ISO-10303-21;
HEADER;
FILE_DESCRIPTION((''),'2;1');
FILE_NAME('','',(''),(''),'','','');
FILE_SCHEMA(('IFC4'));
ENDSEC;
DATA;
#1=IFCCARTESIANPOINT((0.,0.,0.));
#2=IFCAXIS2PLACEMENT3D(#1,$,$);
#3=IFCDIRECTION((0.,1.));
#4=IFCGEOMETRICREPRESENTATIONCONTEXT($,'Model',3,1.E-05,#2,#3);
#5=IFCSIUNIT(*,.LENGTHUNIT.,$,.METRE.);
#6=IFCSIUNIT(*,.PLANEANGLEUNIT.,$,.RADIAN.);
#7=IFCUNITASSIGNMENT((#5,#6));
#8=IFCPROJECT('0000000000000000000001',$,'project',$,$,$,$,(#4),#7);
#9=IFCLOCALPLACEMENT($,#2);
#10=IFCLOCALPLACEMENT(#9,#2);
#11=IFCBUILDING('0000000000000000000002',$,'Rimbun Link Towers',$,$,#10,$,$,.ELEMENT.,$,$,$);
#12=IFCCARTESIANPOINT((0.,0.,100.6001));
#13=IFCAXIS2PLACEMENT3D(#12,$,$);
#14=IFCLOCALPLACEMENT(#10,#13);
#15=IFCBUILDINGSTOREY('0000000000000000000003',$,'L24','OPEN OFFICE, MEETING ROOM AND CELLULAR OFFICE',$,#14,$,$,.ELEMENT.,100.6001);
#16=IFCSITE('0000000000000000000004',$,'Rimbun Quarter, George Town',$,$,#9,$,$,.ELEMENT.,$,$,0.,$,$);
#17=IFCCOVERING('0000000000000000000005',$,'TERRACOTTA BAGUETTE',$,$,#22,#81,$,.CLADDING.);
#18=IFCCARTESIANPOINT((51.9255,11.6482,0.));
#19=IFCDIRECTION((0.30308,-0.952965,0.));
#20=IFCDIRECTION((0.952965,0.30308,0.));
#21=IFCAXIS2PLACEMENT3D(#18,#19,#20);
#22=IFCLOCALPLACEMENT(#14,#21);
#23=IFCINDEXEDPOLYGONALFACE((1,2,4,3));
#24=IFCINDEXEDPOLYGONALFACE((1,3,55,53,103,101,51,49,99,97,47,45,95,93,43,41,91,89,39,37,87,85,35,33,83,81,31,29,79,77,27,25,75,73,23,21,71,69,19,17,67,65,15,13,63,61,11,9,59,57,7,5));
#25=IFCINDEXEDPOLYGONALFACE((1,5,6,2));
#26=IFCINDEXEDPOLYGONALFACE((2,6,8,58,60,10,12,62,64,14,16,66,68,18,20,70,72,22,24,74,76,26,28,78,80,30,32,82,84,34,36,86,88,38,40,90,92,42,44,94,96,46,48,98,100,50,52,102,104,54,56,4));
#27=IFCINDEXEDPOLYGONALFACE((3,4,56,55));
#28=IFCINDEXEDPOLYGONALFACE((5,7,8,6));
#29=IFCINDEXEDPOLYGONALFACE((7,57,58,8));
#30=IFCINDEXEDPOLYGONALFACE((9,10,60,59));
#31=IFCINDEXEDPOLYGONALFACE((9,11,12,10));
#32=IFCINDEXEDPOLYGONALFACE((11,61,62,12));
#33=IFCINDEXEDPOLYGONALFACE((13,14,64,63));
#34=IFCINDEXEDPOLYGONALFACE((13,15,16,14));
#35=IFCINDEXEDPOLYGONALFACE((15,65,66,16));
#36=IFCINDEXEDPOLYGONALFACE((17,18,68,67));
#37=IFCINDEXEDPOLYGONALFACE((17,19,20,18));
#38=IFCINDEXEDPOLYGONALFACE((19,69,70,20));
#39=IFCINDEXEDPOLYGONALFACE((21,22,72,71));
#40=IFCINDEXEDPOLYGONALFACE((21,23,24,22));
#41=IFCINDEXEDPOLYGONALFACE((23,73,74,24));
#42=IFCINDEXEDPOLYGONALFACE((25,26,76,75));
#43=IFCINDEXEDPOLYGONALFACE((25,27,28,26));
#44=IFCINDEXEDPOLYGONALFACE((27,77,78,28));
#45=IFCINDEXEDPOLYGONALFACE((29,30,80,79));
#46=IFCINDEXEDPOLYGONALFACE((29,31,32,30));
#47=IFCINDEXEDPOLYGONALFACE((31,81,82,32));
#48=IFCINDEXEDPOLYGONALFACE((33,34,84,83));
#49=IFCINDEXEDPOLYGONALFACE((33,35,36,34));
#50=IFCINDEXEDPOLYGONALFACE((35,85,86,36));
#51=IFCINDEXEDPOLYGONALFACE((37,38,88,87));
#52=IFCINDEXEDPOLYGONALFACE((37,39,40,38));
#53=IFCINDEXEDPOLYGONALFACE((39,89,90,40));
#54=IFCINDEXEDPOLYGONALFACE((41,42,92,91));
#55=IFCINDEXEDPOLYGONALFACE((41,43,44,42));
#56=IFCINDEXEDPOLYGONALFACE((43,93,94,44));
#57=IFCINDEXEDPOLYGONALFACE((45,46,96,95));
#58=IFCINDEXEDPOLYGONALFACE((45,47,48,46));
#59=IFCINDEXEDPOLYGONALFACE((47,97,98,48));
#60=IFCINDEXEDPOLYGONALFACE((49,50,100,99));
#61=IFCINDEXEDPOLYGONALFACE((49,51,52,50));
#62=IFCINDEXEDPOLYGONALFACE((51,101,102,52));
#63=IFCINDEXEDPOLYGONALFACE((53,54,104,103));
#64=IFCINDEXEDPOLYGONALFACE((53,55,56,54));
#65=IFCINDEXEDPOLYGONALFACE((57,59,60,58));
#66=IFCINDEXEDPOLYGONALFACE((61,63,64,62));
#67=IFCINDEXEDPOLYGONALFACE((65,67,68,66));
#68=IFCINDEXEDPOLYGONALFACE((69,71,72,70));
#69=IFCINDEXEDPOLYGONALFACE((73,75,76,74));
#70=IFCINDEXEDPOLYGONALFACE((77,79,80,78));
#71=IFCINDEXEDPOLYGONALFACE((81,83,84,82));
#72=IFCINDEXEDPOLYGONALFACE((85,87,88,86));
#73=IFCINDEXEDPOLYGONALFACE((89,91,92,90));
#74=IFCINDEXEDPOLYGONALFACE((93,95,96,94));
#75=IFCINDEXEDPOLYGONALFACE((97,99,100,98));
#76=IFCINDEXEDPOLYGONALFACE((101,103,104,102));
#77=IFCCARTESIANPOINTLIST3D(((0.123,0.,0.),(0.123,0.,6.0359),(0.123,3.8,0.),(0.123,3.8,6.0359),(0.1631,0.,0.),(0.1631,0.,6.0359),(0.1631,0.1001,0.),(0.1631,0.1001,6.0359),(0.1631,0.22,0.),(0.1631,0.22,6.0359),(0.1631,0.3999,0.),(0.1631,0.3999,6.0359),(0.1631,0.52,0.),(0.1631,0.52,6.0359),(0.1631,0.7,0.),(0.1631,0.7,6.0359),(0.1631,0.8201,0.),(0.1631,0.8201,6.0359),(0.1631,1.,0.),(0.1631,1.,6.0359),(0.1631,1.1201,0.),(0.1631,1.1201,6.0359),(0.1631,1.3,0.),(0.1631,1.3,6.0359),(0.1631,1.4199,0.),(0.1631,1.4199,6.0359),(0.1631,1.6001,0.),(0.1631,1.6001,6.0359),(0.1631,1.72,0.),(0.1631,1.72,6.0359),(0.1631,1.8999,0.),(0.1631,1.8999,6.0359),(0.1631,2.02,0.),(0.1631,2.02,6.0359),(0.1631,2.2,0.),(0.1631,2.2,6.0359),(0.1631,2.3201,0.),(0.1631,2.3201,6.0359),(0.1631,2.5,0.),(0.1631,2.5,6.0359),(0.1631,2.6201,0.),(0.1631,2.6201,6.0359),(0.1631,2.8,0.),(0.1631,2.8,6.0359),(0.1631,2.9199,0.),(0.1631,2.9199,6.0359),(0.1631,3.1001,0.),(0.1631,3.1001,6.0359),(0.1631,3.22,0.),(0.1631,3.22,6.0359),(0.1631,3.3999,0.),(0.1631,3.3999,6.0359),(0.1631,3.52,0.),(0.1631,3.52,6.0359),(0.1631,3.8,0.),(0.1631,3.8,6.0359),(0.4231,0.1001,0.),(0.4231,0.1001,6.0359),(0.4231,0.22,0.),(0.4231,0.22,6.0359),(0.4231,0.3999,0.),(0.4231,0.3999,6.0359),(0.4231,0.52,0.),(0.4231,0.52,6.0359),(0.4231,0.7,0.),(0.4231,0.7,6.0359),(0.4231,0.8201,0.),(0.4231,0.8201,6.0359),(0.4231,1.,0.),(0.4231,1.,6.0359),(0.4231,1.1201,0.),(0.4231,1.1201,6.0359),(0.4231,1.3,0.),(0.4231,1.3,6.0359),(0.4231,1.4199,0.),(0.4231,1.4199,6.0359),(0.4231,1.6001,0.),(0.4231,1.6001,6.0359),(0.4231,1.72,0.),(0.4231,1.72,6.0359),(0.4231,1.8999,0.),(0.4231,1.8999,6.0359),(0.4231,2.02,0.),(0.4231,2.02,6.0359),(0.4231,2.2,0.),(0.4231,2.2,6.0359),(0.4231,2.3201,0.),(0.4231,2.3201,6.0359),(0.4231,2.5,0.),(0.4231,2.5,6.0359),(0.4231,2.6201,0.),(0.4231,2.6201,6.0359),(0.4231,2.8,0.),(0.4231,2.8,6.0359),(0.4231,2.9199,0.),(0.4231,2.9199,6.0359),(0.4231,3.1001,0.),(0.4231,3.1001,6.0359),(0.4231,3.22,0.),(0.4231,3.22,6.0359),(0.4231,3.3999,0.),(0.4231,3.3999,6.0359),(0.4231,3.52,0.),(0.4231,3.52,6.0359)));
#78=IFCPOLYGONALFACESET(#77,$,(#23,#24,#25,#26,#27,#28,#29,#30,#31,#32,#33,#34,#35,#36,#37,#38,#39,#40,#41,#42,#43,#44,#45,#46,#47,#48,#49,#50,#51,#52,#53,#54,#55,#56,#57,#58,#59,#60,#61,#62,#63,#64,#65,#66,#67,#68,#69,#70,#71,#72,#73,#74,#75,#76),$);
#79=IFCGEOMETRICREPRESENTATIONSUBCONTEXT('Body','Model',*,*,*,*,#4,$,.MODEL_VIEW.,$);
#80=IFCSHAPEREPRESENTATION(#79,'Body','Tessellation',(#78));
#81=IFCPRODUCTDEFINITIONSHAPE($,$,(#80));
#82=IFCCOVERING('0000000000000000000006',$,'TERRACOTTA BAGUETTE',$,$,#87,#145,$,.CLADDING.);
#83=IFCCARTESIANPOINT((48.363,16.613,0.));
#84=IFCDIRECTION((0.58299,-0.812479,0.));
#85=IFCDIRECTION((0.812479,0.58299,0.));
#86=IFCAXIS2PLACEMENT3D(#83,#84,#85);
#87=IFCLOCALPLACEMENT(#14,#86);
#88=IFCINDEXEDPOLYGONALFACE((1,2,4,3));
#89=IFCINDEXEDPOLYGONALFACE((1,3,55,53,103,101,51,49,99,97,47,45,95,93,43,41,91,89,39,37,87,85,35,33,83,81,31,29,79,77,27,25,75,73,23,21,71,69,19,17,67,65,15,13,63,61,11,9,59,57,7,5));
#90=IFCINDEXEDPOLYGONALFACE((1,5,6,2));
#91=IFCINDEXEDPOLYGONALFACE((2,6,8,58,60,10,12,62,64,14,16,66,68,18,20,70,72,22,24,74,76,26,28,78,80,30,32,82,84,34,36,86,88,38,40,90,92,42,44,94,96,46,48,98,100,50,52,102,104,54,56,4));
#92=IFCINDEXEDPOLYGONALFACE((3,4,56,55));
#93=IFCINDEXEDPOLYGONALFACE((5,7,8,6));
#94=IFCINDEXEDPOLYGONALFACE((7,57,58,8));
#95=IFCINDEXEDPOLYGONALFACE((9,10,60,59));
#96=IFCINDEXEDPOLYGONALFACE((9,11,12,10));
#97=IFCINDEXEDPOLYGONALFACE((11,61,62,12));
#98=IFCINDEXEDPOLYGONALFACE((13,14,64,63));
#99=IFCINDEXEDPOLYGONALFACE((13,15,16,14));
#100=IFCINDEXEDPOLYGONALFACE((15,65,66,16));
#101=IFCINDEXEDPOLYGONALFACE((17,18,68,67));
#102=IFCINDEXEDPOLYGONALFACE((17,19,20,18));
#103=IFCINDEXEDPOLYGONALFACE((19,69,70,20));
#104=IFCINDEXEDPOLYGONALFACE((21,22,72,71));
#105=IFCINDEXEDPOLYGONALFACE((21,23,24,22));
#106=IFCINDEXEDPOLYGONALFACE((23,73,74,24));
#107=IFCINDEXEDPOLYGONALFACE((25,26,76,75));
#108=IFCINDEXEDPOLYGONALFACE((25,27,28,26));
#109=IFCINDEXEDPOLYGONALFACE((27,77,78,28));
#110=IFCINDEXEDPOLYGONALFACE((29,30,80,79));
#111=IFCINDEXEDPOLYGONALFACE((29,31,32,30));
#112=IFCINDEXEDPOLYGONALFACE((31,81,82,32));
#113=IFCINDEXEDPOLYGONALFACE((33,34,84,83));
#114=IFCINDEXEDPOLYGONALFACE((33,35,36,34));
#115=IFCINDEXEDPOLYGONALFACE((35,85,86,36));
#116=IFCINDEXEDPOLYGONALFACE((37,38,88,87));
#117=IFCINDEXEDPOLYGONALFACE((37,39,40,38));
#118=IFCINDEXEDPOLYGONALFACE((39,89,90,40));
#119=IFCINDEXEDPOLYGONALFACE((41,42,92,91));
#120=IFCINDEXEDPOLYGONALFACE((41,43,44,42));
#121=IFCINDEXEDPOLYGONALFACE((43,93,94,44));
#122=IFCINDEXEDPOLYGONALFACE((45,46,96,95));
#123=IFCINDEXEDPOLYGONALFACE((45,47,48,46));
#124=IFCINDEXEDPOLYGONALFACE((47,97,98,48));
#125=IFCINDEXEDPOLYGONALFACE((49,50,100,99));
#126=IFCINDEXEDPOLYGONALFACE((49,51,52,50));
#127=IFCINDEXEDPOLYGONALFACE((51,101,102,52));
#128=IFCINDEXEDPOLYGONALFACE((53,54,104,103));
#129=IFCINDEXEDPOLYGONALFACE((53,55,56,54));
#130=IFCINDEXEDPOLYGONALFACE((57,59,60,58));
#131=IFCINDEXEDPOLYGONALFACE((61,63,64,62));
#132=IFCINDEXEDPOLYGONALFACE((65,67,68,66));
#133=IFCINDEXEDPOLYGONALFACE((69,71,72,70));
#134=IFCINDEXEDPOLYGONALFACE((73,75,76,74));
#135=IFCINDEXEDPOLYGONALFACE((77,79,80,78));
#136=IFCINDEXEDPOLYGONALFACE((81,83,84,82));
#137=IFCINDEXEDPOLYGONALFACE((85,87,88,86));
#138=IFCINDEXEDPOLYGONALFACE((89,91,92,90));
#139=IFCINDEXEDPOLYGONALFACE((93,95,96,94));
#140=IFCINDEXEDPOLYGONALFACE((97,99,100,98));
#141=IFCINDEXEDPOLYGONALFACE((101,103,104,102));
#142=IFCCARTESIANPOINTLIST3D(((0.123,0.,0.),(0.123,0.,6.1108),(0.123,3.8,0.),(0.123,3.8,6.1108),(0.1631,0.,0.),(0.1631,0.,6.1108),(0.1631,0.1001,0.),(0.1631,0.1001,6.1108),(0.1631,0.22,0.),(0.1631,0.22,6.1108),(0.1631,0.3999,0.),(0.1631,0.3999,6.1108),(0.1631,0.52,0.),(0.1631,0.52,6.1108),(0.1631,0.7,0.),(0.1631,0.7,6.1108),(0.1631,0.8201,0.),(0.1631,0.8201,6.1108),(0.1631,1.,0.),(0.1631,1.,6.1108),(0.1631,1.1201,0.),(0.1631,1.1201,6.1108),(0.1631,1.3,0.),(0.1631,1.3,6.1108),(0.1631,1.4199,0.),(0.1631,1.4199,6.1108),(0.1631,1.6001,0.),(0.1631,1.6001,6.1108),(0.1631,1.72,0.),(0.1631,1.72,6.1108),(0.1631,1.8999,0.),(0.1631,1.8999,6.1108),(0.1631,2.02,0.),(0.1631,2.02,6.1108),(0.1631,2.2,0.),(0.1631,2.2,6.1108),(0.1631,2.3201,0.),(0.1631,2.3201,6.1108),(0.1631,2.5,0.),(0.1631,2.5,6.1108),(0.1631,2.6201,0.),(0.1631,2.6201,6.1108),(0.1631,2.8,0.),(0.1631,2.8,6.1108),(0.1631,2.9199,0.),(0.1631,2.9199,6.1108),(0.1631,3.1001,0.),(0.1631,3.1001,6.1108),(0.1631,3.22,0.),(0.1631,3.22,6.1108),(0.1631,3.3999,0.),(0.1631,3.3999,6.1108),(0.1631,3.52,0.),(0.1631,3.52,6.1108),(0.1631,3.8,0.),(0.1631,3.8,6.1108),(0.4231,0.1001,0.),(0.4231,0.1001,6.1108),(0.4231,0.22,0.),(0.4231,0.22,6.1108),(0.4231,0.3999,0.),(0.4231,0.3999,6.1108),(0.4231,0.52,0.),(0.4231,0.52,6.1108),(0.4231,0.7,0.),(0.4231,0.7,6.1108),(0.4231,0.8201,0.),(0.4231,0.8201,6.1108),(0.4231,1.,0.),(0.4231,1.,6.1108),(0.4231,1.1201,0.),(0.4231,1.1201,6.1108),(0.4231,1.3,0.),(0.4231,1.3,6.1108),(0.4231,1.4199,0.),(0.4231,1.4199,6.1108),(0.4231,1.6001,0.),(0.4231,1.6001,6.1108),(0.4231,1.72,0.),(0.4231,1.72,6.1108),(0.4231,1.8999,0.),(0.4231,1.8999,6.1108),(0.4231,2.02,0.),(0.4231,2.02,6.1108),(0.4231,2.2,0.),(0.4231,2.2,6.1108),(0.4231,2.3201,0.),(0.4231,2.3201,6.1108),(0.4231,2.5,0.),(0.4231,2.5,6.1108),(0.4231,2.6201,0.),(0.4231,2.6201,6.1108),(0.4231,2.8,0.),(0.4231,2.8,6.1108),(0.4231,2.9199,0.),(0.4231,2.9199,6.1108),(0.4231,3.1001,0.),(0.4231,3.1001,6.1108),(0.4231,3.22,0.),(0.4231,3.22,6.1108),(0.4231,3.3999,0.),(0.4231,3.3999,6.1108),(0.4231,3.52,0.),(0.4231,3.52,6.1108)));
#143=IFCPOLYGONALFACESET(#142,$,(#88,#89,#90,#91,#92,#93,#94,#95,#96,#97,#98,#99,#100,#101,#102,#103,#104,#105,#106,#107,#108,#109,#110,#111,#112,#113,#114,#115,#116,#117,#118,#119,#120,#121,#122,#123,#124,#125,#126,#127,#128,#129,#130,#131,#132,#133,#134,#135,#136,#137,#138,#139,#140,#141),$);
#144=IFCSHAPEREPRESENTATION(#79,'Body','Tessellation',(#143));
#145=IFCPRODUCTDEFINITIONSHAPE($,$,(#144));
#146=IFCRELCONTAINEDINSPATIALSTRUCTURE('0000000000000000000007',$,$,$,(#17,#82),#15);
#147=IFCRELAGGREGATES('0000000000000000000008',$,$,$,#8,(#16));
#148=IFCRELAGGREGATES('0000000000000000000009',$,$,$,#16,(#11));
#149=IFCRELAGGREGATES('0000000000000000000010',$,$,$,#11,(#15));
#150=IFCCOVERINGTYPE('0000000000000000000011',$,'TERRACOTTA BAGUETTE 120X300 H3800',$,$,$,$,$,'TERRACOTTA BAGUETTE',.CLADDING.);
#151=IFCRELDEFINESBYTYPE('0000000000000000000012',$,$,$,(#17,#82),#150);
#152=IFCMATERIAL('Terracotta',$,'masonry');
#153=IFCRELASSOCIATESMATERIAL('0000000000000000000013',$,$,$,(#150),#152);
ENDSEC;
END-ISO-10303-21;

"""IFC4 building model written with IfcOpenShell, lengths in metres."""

from ifc_helpers import new_model, si_unit, direction, frame, origin, place, context, subcontext, project, spatial, polyline, outline, extrude, material, material_profile, profile_set, type_object, element, save


model = new_model("IFC4")

# Units and contexts
model_context = context("Model", 3, precision=1e-05, world=origin(), true_north=direction((0.0, 1.0)))
body_context = subcontext(model_context, "Body", "Model", "MODEL_VIEW")
ifc_project = project(units=[si_unit("LENGTHUNIT", "METRE"), si_unit("PLANEANGLEUNIT", "RADIAN")], contexts=[model_context])

# Site, building, storey
site_placement = place(None, origin())
site = spatial("IfcSite", under=ifc_project, at=site_placement, Name="Rimbun Quarter, George Town", CompositionType="ELEMENT", RefElevation=0.0)
building_placement = place(site_placement, origin())
building = spatial("IfcBuilding", under=site, at=building_placement, Name="Rimbun Link Towers", CompositionType="ELEMENT")
storey_placement = place(building_placement, frame((0.0, 0.0, 100.6001)))
storey = spatial("IfcBuildingStorey", under=building, at=storey_placement, Name="L24", Description="OPEN OFFICE, MEETING ROOM AND CELLULAR OFFICE", CompositionType="ELEMENT", Elevation=100.6001)

# Coverings
ifc_material_1 = material(Name="Terracotta", Category="masonry")
ifc_material_profile_1 = material_profile(ifc_material_1, outline(polyline([(0.123, 0.0), (0.1631, 0.0), (0.1631, 0.1001), (0.4231, 0.1001), (0.4231, 0.22), (0.1631, 0.22), (0.1631, 0.3999), (0.4231, 0.3999), (0.4231, 0.52), (0.1631, 0.52), (0.1631, 0.7), (0.4231, 0.7), (0.4231, 0.8201), (0.1631, 0.8201), (0.1631, 1.0), (0.4231, 1.0), (0.4231, 1.1201), (0.1631, 1.1201), (0.1631, 1.3), (0.4231, 1.3), (0.4231, 1.4199), (0.1631, 1.4199), (0.1631, 1.6001), (0.4231, 1.6001), (0.4231, 1.72), (0.1631, 1.72), (0.1631, 1.8999), (0.4231, 1.8999), (0.4231, 2.02), (0.1631, 2.02), (0.1631, 2.2), (0.4231, 2.2), (0.4231, 2.3201), (0.1631, 2.3201), (0.1631, 2.5), (0.4231, 2.5), (0.4231, 2.6201), (0.1631, 2.6201), (0.1631, 2.8), (0.4231, 2.8), (0.4231, 2.9199), (0.1631, 2.9199), (0.1631, 3.1001), (0.4231, 3.1001), (0.4231, 3.22), (0.1631, 3.22), (0.1631, 3.3999), (0.4231, 3.3999), (0.4231, 3.52), (0.1631, 3.52), (0.1631, 3.8), (0.123, 3.8), (0.123, 0.0)])), Name="BAGUETTE 120X300")
ifc_profile_set_1 = profile_set([ifc_material_profile_1], Name="Terracotta")
covering_type = type_object("IfcCoveringType", Name="TERRACOTTA BAGUETTE 120X300 H3800", ElementType="TERRACOTTA BAGUETTE", PredefinedType="CLADDING", material=ifc_profile_set_1)
covering_1_placement = place(storey_placement, frame((51.9255, 11.6482, 0.0), z_axis=(0.30308, -0.952965, 0.0), x_axis=(0.952965, 0.30308, 0.0)))
element("IfcCovering", 1, at=covering_1_placement, inside=storey, type_object=covering_type, Name="TERRACOTTA BAGUETTE", PredefinedType="CLADDING", context=body_context, shape_type="SweptSolid", body=[
    extrude(outline(polyline([(0.123, 0.0), (0.1631, 0.0), (0.1631, 0.1001), (0.4231, 0.1001), (0.4231, 0.22), (0.1631, 0.22), (0.1631, 0.3999), (0.4231, 0.3999), (0.4231, 0.52), (0.1631, 0.52), (0.1631, 0.7), (0.4231, 0.7), (0.4231, 0.8201), (0.1631, 0.8201), (0.1631, 1.0), (0.4231, 1.0), (0.4231, 1.1201), (0.1631, 1.1201), (0.1631, 1.3), (0.4231, 1.3), (0.4231, 1.4199), (0.1631, 1.4199), (0.1631, 1.6001), (0.4231, 1.6001), (0.4231, 1.72), (0.1631, 1.72), (0.1631, 1.8999), (0.4231, 1.8999), (0.4231, 2.02), (0.1631, 2.02), (0.1631, 2.2), (0.4231, 2.2), (0.4231, 2.3201), (0.1631, 2.3201), (0.1631, 2.5), (0.4231, 2.5), (0.4231, 2.6201), (0.1631, 2.6201), (0.1631, 2.8), (0.4231, 2.8), (0.4231, 2.9199), (0.1631, 2.9199), (0.1631, 3.1001), (0.4231, 3.1001), (0.4231, 3.22), (0.1631, 3.22), (0.1631, 3.3999), (0.4231, 3.3999), (0.4231, 3.52), (0.1631, 3.52), (0.1631, 3.8), (0.123, 3.8), (0.123, 0.0)])), origin(), (0.0, 0.0, 1.0), 6.0359),
])
covering_2_placement = place(storey_placement, frame((48.363, 16.613, 0.0), z_axis=(0.58299, -0.812479, 0.0), x_axis=(0.812479, 0.58299, 0.0)))
element("IfcCovering", 2, at=covering_2_placement, inside=storey, type_object=covering_type, Name="TERRACOTTA BAGUETTE", PredefinedType="CLADDING", context=body_context, shape_type="SweptSolid", body=[
    extrude(outline(polyline([(0.123, 0.0), (0.1631, 0.0), (0.1631, 0.1001), (0.4231, 0.1001), (0.4231, 0.22), (0.1631, 0.22), (0.1631, 0.3999), (0.4231, 0.3999), (0.4231, 0.52), (0.1631, 0.52), (0.1631, 0.7), (0.4231, 0.7), (0.4231, 0.8201), (0.1631, 0.8201), (0.1631, 1.0), (0.4231, 1.0), (0.4231, 1.1201), (0.1631, 1.1201), (0.1631, 1.3), (0.4231, 1.3), (0.4231, 1.4199), (0.1631, 1.4199), (0.1631, 1.6001), (0.4231, 1.6001), (0.4231, 1.72), (0.1631, 1.72), (0.1631, 1.8999), (0.4231, 1.8999), (0.4231, 2.02), (0.1631, 2.02), (0.1631, 2.2), (0.4231, 2.2), (0.4231, 2.3201), (0.1631, 2.3201), (0.1631, 2.5), (0.4231, 2.5), (0.4231, 2.6201), (0.1631, 2.6201), (0.1631, 2.8), (0.4231, 2.8), (0.4231, 2.9199), (0.1631, 2.9199), (0.1631, 3.1001), (0.4231, 3.1001), (0.4231, 3.22), (0.1631, 3.22), (0.1631, 3.3999), (0.4231, 3.3999), (0.4231, 3.52), (0.1631, 3.52), (0.1631, 3.8), (0.123, 3.8), (0.123, 0.0)])), origin(), (0.0, 0.0, 1.0), 6.1108),
])

save(model, "model.ifc")
